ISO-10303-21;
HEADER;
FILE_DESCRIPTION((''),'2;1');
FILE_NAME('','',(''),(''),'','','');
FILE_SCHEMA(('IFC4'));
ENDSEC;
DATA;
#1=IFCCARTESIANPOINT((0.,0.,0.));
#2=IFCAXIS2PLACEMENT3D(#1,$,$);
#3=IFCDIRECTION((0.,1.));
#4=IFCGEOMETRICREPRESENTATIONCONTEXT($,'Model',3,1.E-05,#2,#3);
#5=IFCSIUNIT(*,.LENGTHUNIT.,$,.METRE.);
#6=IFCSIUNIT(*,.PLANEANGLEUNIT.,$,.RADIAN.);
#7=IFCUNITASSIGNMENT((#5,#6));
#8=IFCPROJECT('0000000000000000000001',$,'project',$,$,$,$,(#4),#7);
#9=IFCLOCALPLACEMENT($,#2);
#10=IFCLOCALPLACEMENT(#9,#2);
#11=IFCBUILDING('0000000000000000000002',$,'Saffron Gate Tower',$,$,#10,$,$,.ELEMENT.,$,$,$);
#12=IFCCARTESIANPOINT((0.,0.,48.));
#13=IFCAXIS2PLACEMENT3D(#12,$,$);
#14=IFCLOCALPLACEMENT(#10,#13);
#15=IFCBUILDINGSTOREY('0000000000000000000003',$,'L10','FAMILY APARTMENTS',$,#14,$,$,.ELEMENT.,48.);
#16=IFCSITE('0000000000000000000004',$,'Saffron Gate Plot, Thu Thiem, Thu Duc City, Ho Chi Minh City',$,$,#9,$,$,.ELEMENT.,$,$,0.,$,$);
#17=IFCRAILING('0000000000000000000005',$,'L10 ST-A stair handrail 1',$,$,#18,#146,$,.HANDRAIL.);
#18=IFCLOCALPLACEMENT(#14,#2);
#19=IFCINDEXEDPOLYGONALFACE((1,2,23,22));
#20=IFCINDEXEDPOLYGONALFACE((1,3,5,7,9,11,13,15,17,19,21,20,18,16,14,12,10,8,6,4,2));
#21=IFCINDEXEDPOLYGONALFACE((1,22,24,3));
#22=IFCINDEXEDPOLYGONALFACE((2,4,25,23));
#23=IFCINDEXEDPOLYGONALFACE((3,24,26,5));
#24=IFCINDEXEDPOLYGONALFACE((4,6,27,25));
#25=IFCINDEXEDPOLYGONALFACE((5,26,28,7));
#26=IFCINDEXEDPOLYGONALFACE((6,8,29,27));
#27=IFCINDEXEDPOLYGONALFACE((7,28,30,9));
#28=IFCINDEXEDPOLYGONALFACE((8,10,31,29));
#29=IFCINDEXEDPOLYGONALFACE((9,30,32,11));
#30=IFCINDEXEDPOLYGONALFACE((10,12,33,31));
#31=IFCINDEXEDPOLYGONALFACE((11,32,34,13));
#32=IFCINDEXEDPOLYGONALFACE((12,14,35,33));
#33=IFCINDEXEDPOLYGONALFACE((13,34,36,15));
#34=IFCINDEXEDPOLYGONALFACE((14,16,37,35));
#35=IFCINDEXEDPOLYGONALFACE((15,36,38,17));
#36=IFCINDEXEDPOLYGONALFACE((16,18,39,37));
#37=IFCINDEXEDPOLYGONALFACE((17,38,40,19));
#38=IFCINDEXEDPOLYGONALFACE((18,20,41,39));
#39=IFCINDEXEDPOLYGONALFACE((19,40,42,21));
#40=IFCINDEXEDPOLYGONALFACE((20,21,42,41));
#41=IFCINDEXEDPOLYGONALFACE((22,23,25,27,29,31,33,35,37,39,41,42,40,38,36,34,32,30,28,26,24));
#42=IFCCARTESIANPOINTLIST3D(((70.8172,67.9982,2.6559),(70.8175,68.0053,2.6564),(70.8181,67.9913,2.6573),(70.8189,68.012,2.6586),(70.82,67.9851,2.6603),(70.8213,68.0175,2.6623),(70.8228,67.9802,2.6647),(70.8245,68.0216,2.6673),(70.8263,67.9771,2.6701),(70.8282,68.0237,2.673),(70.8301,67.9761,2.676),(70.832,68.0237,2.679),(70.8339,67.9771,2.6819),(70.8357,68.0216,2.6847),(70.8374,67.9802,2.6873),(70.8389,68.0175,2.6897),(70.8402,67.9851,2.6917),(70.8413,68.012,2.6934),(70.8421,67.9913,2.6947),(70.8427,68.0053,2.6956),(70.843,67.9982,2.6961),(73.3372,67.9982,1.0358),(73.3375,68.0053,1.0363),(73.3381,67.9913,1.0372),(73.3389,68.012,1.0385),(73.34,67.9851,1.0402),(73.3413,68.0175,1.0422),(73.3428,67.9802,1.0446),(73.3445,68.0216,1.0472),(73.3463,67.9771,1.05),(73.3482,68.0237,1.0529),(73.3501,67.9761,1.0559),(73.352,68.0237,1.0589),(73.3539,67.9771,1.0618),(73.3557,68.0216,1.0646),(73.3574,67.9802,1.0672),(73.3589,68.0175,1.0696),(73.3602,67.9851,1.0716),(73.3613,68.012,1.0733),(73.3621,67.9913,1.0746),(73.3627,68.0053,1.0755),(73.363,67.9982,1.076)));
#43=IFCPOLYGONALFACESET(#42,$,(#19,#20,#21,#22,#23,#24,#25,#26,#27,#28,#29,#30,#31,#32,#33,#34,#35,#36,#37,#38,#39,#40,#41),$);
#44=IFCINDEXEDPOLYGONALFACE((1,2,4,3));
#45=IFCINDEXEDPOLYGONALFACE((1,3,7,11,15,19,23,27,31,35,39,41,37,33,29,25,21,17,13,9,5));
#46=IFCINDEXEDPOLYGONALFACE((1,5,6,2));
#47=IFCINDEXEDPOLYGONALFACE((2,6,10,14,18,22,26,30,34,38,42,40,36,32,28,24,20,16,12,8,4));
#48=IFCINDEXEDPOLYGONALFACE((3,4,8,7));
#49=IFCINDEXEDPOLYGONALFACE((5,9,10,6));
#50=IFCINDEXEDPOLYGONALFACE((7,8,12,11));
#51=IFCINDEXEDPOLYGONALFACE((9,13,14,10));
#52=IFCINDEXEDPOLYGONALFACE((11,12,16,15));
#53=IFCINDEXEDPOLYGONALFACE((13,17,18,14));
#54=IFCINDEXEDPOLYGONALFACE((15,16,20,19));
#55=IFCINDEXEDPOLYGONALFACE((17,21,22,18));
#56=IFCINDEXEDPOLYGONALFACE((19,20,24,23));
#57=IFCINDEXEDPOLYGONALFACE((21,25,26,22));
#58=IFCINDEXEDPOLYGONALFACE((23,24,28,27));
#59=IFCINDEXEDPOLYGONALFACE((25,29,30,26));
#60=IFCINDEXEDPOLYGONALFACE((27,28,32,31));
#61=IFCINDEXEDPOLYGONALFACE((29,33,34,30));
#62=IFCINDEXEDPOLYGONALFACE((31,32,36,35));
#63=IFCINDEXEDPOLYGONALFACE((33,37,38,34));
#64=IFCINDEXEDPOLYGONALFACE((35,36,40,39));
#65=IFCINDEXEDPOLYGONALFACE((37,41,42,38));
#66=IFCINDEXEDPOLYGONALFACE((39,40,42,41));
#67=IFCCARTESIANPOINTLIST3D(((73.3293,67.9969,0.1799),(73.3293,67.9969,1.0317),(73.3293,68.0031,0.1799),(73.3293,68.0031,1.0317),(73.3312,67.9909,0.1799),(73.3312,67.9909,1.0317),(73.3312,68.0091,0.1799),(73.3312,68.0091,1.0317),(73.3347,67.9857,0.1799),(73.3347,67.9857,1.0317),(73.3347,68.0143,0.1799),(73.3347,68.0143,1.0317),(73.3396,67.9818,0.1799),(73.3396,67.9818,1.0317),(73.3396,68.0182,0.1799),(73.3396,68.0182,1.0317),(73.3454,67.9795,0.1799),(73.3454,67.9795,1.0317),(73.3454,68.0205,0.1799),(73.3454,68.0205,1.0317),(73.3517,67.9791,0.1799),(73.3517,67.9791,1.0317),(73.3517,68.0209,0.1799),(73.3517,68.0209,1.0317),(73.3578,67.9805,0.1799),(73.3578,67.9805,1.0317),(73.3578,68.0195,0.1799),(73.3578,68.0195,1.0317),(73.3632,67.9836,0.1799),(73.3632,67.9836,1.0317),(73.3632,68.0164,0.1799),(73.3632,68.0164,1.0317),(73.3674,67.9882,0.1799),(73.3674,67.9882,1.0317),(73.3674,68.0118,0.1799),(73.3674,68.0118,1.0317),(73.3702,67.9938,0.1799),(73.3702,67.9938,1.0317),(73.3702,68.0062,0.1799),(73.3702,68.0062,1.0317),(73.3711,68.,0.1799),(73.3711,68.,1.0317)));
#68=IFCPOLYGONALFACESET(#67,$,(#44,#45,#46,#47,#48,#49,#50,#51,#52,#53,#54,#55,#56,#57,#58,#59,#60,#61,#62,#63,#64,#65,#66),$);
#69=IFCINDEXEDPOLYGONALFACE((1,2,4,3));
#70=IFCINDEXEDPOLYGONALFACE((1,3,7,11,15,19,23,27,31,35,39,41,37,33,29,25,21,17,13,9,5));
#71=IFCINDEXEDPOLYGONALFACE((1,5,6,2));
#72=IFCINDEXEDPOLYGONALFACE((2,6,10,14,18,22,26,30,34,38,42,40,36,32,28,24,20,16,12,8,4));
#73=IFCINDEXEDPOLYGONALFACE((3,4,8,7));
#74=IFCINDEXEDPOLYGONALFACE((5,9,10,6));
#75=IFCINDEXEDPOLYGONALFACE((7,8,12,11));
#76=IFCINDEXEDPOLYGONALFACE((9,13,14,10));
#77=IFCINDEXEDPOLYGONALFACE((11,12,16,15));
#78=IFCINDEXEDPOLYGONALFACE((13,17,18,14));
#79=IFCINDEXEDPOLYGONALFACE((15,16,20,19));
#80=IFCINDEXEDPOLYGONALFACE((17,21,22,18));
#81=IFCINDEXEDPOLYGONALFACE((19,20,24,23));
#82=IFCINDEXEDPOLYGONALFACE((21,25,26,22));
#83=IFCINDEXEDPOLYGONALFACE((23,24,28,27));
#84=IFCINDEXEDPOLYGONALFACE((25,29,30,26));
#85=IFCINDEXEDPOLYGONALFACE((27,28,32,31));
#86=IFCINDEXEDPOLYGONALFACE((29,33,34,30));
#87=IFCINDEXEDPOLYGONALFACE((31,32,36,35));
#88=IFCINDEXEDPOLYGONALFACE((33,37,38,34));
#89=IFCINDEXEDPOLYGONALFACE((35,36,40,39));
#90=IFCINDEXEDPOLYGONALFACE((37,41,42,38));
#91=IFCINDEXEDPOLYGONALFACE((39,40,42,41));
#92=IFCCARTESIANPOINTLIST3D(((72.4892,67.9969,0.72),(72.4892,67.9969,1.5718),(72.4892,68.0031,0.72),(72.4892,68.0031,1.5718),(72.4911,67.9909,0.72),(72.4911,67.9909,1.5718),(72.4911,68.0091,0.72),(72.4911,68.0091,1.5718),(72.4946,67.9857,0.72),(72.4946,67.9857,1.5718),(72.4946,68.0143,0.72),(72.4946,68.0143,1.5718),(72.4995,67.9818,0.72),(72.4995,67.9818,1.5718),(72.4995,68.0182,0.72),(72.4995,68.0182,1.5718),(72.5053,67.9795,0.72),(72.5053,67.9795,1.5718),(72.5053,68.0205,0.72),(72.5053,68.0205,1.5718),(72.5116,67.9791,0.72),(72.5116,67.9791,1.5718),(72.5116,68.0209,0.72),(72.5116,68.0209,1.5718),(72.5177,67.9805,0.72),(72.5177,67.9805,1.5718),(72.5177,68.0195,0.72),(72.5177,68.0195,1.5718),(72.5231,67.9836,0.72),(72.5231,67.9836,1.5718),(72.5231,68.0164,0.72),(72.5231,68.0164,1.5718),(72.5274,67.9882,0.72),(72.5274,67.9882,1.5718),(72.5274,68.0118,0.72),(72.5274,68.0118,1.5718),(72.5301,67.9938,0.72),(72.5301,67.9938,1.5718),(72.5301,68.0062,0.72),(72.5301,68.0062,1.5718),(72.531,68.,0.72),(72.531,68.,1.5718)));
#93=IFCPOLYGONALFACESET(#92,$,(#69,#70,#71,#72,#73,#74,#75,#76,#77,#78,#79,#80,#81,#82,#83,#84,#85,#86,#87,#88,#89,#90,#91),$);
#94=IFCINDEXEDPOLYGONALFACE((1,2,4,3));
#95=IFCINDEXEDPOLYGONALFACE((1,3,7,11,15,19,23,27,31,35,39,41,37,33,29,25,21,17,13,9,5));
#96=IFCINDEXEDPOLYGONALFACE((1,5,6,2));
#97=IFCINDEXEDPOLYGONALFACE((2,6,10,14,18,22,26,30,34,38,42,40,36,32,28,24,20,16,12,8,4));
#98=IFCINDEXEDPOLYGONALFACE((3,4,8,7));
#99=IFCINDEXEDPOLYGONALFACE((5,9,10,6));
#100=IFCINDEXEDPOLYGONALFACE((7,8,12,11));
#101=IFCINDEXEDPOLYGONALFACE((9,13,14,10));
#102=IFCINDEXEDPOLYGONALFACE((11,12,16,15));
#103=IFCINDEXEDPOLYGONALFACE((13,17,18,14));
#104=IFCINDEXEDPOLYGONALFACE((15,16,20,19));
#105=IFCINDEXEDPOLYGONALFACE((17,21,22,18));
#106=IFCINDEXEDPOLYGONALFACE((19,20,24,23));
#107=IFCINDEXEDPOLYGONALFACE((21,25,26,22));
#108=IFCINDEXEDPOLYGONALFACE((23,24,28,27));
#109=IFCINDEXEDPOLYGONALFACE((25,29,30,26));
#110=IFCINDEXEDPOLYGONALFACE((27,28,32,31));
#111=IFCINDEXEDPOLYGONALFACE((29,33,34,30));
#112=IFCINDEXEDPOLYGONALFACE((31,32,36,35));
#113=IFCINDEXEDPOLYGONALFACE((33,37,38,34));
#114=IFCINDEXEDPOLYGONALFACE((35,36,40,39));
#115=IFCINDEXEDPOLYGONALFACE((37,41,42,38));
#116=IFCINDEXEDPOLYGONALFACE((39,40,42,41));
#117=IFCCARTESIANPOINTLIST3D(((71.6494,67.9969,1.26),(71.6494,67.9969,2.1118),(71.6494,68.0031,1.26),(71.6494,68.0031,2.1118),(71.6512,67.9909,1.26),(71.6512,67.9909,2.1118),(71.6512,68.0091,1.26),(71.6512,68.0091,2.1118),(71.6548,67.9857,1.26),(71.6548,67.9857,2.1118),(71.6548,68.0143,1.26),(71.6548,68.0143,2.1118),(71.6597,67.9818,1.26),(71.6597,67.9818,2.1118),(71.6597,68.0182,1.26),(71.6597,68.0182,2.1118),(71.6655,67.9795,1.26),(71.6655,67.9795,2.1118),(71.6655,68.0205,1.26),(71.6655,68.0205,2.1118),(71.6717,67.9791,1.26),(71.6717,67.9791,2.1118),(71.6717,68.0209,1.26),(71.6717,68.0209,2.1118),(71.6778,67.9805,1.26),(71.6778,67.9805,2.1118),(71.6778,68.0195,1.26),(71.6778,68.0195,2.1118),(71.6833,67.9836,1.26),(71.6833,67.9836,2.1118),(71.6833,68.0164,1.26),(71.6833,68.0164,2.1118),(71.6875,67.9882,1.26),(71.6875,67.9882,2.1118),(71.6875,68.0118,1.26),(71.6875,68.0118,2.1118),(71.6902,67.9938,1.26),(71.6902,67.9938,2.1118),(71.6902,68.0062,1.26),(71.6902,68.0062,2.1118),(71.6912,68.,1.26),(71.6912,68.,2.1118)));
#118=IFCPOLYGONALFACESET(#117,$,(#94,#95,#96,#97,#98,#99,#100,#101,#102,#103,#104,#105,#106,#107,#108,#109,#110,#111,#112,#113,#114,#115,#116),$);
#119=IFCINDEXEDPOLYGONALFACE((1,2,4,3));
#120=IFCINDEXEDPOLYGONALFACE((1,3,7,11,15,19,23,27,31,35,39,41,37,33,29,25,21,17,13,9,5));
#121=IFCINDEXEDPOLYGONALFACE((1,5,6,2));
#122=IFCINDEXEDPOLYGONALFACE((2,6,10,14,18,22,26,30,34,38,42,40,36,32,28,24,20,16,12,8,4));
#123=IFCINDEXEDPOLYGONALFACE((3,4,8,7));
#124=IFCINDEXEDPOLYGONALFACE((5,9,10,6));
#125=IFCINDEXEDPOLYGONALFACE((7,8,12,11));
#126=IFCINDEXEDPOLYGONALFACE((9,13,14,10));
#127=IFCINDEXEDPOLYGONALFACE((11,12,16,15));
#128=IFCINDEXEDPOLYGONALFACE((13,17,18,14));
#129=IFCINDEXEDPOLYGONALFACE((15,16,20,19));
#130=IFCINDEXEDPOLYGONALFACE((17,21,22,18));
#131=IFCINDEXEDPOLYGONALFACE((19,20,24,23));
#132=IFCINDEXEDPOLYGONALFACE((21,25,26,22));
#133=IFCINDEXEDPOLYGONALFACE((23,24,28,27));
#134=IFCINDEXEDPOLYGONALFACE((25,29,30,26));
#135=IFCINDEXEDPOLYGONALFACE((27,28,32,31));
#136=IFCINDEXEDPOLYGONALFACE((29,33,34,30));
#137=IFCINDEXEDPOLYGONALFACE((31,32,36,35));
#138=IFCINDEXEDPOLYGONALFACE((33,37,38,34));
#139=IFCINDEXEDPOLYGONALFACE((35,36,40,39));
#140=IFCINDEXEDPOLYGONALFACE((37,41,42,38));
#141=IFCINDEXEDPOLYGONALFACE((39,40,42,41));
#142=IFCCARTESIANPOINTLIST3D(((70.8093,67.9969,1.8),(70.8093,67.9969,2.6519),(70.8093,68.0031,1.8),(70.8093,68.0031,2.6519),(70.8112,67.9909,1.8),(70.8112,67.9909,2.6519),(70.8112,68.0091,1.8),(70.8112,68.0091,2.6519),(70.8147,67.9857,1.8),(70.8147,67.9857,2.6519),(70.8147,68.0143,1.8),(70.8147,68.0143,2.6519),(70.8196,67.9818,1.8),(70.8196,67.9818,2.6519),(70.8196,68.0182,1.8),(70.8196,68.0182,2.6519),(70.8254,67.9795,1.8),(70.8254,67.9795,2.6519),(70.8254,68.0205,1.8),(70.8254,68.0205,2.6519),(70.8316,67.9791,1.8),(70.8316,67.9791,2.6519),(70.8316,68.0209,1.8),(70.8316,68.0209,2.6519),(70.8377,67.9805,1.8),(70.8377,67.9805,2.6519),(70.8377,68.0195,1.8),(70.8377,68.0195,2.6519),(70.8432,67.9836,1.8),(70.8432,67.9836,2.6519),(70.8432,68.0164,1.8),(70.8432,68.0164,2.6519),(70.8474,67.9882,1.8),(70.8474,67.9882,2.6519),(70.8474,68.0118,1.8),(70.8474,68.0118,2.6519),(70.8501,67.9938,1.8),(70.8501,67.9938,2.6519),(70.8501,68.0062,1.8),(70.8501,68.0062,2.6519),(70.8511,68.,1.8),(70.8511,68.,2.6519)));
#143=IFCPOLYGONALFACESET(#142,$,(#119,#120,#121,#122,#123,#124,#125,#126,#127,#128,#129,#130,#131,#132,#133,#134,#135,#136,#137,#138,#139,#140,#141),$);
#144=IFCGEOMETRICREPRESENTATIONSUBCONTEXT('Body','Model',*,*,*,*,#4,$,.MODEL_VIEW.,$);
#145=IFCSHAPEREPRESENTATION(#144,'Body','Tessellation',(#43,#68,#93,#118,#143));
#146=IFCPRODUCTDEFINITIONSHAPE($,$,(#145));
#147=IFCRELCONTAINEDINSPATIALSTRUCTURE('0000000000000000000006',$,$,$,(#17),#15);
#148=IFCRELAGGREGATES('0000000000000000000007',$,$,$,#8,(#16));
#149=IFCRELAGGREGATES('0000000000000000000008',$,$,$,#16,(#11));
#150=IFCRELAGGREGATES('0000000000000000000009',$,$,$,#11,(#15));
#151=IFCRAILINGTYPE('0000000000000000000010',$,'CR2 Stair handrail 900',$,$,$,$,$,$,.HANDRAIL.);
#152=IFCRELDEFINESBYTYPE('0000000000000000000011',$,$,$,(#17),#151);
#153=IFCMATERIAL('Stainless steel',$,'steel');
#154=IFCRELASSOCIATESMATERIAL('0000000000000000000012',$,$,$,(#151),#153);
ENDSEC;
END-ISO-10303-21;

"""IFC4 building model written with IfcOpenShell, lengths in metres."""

from ifc_helpers import new_model, si_unit, direction, frame, origin, origin_2d, place, context, subcontext, project, spatial, circle, extrude, material, type_object, element, save


model = new_model("IFC4")

# Units and contexts
model_context = context("Model", 3, precision=1e-05, world=origin(), true_north=direction((0.0, 1.0)))
body_context = subcontext(model_context, "Body", "Model", "MODEL_VIEW")
ifc_project = project(units=[si_unit("LENGTHUNIT", "METRE"), si_unit("PLANEANGLEUNIT", "RADIAN")], contexts=[model_context])

# Site, building, storey
site_placement = place(None, origin())
site = spatial("IfcSite", under=ifc_project, at=site_placement, Name="Saffron Gate Plot, Thu Thiem, Thu Duc City, Ho Chi Minh City", CompositionType="ELEMENT", RefElevation=0.0)
building_placement = place(site_placement, origin())
building = spatial("IfcBuilding", under=site, at=building_placement, Name="Saffron Gate Tower", CompositionType="ELEMENT")
storey_placement = place(building_placement, frame((0.0, 0.0, 48.0)))
storey = spatial("IfcBuildingStorey", under=building, at=storey_placement, Name="L10", Description="FAMILY APARTMENTS", CompositionType="ELEMENT", Elevation=48.0)

# Railing
ifc_material_1 = material(Name="Stainless steel", Category="steel")
railing_type_1 = type_object("IfcRailingType", Name="CR2 Stair handrail 900", PredefinedType="HANDRAIL", material=ifc_material_1)
railing_1_placement = place(storey_placement, frame((73.3501, 68.0, 0.1799)))
element("IfcRailing", 1, at=railing_1_placement, inside=storey, type_object=railing_type_1, Name="L10 ST-A stair handrail 1", PredefinedType="HANDRAIL", context=body_context, shape_type="SweptSolid", body=[
    extrude(circle(Radius=0.0239, at=origin_2d()), frame((0.0, 0.0, 0.876), z_axis=(-0.841163, 0.0, 0.540782), x_axis=(0.0, -1.0, 0.0)), (0.0, 0.0, 1.0), 2.9958),
    extrude(circle(Radius=0.021, at=origin_2d()), origin(), (0.0, 0.0, 1.0), 0.8518),
    extrude(circle(Radius=0.021, at=origin_2d()), frame((-0.8401, 0.0, 0.54)), (0.0, 0.0, 1.0), 0.8518),
    extrude(circle(Radius=0.021, at=origin_2d()), frame((-1.6799, 0.0, 1.0801)), (0.0, 0.0, 1.0), 0.8518),
    extrude(circle(Radius=0.021, at=origin_2d()), frame((-2.52, 0.0, 1.6201)), (0.0, 0.0, 1.0), 0.8518),
])

save(model, "model.ifc")
